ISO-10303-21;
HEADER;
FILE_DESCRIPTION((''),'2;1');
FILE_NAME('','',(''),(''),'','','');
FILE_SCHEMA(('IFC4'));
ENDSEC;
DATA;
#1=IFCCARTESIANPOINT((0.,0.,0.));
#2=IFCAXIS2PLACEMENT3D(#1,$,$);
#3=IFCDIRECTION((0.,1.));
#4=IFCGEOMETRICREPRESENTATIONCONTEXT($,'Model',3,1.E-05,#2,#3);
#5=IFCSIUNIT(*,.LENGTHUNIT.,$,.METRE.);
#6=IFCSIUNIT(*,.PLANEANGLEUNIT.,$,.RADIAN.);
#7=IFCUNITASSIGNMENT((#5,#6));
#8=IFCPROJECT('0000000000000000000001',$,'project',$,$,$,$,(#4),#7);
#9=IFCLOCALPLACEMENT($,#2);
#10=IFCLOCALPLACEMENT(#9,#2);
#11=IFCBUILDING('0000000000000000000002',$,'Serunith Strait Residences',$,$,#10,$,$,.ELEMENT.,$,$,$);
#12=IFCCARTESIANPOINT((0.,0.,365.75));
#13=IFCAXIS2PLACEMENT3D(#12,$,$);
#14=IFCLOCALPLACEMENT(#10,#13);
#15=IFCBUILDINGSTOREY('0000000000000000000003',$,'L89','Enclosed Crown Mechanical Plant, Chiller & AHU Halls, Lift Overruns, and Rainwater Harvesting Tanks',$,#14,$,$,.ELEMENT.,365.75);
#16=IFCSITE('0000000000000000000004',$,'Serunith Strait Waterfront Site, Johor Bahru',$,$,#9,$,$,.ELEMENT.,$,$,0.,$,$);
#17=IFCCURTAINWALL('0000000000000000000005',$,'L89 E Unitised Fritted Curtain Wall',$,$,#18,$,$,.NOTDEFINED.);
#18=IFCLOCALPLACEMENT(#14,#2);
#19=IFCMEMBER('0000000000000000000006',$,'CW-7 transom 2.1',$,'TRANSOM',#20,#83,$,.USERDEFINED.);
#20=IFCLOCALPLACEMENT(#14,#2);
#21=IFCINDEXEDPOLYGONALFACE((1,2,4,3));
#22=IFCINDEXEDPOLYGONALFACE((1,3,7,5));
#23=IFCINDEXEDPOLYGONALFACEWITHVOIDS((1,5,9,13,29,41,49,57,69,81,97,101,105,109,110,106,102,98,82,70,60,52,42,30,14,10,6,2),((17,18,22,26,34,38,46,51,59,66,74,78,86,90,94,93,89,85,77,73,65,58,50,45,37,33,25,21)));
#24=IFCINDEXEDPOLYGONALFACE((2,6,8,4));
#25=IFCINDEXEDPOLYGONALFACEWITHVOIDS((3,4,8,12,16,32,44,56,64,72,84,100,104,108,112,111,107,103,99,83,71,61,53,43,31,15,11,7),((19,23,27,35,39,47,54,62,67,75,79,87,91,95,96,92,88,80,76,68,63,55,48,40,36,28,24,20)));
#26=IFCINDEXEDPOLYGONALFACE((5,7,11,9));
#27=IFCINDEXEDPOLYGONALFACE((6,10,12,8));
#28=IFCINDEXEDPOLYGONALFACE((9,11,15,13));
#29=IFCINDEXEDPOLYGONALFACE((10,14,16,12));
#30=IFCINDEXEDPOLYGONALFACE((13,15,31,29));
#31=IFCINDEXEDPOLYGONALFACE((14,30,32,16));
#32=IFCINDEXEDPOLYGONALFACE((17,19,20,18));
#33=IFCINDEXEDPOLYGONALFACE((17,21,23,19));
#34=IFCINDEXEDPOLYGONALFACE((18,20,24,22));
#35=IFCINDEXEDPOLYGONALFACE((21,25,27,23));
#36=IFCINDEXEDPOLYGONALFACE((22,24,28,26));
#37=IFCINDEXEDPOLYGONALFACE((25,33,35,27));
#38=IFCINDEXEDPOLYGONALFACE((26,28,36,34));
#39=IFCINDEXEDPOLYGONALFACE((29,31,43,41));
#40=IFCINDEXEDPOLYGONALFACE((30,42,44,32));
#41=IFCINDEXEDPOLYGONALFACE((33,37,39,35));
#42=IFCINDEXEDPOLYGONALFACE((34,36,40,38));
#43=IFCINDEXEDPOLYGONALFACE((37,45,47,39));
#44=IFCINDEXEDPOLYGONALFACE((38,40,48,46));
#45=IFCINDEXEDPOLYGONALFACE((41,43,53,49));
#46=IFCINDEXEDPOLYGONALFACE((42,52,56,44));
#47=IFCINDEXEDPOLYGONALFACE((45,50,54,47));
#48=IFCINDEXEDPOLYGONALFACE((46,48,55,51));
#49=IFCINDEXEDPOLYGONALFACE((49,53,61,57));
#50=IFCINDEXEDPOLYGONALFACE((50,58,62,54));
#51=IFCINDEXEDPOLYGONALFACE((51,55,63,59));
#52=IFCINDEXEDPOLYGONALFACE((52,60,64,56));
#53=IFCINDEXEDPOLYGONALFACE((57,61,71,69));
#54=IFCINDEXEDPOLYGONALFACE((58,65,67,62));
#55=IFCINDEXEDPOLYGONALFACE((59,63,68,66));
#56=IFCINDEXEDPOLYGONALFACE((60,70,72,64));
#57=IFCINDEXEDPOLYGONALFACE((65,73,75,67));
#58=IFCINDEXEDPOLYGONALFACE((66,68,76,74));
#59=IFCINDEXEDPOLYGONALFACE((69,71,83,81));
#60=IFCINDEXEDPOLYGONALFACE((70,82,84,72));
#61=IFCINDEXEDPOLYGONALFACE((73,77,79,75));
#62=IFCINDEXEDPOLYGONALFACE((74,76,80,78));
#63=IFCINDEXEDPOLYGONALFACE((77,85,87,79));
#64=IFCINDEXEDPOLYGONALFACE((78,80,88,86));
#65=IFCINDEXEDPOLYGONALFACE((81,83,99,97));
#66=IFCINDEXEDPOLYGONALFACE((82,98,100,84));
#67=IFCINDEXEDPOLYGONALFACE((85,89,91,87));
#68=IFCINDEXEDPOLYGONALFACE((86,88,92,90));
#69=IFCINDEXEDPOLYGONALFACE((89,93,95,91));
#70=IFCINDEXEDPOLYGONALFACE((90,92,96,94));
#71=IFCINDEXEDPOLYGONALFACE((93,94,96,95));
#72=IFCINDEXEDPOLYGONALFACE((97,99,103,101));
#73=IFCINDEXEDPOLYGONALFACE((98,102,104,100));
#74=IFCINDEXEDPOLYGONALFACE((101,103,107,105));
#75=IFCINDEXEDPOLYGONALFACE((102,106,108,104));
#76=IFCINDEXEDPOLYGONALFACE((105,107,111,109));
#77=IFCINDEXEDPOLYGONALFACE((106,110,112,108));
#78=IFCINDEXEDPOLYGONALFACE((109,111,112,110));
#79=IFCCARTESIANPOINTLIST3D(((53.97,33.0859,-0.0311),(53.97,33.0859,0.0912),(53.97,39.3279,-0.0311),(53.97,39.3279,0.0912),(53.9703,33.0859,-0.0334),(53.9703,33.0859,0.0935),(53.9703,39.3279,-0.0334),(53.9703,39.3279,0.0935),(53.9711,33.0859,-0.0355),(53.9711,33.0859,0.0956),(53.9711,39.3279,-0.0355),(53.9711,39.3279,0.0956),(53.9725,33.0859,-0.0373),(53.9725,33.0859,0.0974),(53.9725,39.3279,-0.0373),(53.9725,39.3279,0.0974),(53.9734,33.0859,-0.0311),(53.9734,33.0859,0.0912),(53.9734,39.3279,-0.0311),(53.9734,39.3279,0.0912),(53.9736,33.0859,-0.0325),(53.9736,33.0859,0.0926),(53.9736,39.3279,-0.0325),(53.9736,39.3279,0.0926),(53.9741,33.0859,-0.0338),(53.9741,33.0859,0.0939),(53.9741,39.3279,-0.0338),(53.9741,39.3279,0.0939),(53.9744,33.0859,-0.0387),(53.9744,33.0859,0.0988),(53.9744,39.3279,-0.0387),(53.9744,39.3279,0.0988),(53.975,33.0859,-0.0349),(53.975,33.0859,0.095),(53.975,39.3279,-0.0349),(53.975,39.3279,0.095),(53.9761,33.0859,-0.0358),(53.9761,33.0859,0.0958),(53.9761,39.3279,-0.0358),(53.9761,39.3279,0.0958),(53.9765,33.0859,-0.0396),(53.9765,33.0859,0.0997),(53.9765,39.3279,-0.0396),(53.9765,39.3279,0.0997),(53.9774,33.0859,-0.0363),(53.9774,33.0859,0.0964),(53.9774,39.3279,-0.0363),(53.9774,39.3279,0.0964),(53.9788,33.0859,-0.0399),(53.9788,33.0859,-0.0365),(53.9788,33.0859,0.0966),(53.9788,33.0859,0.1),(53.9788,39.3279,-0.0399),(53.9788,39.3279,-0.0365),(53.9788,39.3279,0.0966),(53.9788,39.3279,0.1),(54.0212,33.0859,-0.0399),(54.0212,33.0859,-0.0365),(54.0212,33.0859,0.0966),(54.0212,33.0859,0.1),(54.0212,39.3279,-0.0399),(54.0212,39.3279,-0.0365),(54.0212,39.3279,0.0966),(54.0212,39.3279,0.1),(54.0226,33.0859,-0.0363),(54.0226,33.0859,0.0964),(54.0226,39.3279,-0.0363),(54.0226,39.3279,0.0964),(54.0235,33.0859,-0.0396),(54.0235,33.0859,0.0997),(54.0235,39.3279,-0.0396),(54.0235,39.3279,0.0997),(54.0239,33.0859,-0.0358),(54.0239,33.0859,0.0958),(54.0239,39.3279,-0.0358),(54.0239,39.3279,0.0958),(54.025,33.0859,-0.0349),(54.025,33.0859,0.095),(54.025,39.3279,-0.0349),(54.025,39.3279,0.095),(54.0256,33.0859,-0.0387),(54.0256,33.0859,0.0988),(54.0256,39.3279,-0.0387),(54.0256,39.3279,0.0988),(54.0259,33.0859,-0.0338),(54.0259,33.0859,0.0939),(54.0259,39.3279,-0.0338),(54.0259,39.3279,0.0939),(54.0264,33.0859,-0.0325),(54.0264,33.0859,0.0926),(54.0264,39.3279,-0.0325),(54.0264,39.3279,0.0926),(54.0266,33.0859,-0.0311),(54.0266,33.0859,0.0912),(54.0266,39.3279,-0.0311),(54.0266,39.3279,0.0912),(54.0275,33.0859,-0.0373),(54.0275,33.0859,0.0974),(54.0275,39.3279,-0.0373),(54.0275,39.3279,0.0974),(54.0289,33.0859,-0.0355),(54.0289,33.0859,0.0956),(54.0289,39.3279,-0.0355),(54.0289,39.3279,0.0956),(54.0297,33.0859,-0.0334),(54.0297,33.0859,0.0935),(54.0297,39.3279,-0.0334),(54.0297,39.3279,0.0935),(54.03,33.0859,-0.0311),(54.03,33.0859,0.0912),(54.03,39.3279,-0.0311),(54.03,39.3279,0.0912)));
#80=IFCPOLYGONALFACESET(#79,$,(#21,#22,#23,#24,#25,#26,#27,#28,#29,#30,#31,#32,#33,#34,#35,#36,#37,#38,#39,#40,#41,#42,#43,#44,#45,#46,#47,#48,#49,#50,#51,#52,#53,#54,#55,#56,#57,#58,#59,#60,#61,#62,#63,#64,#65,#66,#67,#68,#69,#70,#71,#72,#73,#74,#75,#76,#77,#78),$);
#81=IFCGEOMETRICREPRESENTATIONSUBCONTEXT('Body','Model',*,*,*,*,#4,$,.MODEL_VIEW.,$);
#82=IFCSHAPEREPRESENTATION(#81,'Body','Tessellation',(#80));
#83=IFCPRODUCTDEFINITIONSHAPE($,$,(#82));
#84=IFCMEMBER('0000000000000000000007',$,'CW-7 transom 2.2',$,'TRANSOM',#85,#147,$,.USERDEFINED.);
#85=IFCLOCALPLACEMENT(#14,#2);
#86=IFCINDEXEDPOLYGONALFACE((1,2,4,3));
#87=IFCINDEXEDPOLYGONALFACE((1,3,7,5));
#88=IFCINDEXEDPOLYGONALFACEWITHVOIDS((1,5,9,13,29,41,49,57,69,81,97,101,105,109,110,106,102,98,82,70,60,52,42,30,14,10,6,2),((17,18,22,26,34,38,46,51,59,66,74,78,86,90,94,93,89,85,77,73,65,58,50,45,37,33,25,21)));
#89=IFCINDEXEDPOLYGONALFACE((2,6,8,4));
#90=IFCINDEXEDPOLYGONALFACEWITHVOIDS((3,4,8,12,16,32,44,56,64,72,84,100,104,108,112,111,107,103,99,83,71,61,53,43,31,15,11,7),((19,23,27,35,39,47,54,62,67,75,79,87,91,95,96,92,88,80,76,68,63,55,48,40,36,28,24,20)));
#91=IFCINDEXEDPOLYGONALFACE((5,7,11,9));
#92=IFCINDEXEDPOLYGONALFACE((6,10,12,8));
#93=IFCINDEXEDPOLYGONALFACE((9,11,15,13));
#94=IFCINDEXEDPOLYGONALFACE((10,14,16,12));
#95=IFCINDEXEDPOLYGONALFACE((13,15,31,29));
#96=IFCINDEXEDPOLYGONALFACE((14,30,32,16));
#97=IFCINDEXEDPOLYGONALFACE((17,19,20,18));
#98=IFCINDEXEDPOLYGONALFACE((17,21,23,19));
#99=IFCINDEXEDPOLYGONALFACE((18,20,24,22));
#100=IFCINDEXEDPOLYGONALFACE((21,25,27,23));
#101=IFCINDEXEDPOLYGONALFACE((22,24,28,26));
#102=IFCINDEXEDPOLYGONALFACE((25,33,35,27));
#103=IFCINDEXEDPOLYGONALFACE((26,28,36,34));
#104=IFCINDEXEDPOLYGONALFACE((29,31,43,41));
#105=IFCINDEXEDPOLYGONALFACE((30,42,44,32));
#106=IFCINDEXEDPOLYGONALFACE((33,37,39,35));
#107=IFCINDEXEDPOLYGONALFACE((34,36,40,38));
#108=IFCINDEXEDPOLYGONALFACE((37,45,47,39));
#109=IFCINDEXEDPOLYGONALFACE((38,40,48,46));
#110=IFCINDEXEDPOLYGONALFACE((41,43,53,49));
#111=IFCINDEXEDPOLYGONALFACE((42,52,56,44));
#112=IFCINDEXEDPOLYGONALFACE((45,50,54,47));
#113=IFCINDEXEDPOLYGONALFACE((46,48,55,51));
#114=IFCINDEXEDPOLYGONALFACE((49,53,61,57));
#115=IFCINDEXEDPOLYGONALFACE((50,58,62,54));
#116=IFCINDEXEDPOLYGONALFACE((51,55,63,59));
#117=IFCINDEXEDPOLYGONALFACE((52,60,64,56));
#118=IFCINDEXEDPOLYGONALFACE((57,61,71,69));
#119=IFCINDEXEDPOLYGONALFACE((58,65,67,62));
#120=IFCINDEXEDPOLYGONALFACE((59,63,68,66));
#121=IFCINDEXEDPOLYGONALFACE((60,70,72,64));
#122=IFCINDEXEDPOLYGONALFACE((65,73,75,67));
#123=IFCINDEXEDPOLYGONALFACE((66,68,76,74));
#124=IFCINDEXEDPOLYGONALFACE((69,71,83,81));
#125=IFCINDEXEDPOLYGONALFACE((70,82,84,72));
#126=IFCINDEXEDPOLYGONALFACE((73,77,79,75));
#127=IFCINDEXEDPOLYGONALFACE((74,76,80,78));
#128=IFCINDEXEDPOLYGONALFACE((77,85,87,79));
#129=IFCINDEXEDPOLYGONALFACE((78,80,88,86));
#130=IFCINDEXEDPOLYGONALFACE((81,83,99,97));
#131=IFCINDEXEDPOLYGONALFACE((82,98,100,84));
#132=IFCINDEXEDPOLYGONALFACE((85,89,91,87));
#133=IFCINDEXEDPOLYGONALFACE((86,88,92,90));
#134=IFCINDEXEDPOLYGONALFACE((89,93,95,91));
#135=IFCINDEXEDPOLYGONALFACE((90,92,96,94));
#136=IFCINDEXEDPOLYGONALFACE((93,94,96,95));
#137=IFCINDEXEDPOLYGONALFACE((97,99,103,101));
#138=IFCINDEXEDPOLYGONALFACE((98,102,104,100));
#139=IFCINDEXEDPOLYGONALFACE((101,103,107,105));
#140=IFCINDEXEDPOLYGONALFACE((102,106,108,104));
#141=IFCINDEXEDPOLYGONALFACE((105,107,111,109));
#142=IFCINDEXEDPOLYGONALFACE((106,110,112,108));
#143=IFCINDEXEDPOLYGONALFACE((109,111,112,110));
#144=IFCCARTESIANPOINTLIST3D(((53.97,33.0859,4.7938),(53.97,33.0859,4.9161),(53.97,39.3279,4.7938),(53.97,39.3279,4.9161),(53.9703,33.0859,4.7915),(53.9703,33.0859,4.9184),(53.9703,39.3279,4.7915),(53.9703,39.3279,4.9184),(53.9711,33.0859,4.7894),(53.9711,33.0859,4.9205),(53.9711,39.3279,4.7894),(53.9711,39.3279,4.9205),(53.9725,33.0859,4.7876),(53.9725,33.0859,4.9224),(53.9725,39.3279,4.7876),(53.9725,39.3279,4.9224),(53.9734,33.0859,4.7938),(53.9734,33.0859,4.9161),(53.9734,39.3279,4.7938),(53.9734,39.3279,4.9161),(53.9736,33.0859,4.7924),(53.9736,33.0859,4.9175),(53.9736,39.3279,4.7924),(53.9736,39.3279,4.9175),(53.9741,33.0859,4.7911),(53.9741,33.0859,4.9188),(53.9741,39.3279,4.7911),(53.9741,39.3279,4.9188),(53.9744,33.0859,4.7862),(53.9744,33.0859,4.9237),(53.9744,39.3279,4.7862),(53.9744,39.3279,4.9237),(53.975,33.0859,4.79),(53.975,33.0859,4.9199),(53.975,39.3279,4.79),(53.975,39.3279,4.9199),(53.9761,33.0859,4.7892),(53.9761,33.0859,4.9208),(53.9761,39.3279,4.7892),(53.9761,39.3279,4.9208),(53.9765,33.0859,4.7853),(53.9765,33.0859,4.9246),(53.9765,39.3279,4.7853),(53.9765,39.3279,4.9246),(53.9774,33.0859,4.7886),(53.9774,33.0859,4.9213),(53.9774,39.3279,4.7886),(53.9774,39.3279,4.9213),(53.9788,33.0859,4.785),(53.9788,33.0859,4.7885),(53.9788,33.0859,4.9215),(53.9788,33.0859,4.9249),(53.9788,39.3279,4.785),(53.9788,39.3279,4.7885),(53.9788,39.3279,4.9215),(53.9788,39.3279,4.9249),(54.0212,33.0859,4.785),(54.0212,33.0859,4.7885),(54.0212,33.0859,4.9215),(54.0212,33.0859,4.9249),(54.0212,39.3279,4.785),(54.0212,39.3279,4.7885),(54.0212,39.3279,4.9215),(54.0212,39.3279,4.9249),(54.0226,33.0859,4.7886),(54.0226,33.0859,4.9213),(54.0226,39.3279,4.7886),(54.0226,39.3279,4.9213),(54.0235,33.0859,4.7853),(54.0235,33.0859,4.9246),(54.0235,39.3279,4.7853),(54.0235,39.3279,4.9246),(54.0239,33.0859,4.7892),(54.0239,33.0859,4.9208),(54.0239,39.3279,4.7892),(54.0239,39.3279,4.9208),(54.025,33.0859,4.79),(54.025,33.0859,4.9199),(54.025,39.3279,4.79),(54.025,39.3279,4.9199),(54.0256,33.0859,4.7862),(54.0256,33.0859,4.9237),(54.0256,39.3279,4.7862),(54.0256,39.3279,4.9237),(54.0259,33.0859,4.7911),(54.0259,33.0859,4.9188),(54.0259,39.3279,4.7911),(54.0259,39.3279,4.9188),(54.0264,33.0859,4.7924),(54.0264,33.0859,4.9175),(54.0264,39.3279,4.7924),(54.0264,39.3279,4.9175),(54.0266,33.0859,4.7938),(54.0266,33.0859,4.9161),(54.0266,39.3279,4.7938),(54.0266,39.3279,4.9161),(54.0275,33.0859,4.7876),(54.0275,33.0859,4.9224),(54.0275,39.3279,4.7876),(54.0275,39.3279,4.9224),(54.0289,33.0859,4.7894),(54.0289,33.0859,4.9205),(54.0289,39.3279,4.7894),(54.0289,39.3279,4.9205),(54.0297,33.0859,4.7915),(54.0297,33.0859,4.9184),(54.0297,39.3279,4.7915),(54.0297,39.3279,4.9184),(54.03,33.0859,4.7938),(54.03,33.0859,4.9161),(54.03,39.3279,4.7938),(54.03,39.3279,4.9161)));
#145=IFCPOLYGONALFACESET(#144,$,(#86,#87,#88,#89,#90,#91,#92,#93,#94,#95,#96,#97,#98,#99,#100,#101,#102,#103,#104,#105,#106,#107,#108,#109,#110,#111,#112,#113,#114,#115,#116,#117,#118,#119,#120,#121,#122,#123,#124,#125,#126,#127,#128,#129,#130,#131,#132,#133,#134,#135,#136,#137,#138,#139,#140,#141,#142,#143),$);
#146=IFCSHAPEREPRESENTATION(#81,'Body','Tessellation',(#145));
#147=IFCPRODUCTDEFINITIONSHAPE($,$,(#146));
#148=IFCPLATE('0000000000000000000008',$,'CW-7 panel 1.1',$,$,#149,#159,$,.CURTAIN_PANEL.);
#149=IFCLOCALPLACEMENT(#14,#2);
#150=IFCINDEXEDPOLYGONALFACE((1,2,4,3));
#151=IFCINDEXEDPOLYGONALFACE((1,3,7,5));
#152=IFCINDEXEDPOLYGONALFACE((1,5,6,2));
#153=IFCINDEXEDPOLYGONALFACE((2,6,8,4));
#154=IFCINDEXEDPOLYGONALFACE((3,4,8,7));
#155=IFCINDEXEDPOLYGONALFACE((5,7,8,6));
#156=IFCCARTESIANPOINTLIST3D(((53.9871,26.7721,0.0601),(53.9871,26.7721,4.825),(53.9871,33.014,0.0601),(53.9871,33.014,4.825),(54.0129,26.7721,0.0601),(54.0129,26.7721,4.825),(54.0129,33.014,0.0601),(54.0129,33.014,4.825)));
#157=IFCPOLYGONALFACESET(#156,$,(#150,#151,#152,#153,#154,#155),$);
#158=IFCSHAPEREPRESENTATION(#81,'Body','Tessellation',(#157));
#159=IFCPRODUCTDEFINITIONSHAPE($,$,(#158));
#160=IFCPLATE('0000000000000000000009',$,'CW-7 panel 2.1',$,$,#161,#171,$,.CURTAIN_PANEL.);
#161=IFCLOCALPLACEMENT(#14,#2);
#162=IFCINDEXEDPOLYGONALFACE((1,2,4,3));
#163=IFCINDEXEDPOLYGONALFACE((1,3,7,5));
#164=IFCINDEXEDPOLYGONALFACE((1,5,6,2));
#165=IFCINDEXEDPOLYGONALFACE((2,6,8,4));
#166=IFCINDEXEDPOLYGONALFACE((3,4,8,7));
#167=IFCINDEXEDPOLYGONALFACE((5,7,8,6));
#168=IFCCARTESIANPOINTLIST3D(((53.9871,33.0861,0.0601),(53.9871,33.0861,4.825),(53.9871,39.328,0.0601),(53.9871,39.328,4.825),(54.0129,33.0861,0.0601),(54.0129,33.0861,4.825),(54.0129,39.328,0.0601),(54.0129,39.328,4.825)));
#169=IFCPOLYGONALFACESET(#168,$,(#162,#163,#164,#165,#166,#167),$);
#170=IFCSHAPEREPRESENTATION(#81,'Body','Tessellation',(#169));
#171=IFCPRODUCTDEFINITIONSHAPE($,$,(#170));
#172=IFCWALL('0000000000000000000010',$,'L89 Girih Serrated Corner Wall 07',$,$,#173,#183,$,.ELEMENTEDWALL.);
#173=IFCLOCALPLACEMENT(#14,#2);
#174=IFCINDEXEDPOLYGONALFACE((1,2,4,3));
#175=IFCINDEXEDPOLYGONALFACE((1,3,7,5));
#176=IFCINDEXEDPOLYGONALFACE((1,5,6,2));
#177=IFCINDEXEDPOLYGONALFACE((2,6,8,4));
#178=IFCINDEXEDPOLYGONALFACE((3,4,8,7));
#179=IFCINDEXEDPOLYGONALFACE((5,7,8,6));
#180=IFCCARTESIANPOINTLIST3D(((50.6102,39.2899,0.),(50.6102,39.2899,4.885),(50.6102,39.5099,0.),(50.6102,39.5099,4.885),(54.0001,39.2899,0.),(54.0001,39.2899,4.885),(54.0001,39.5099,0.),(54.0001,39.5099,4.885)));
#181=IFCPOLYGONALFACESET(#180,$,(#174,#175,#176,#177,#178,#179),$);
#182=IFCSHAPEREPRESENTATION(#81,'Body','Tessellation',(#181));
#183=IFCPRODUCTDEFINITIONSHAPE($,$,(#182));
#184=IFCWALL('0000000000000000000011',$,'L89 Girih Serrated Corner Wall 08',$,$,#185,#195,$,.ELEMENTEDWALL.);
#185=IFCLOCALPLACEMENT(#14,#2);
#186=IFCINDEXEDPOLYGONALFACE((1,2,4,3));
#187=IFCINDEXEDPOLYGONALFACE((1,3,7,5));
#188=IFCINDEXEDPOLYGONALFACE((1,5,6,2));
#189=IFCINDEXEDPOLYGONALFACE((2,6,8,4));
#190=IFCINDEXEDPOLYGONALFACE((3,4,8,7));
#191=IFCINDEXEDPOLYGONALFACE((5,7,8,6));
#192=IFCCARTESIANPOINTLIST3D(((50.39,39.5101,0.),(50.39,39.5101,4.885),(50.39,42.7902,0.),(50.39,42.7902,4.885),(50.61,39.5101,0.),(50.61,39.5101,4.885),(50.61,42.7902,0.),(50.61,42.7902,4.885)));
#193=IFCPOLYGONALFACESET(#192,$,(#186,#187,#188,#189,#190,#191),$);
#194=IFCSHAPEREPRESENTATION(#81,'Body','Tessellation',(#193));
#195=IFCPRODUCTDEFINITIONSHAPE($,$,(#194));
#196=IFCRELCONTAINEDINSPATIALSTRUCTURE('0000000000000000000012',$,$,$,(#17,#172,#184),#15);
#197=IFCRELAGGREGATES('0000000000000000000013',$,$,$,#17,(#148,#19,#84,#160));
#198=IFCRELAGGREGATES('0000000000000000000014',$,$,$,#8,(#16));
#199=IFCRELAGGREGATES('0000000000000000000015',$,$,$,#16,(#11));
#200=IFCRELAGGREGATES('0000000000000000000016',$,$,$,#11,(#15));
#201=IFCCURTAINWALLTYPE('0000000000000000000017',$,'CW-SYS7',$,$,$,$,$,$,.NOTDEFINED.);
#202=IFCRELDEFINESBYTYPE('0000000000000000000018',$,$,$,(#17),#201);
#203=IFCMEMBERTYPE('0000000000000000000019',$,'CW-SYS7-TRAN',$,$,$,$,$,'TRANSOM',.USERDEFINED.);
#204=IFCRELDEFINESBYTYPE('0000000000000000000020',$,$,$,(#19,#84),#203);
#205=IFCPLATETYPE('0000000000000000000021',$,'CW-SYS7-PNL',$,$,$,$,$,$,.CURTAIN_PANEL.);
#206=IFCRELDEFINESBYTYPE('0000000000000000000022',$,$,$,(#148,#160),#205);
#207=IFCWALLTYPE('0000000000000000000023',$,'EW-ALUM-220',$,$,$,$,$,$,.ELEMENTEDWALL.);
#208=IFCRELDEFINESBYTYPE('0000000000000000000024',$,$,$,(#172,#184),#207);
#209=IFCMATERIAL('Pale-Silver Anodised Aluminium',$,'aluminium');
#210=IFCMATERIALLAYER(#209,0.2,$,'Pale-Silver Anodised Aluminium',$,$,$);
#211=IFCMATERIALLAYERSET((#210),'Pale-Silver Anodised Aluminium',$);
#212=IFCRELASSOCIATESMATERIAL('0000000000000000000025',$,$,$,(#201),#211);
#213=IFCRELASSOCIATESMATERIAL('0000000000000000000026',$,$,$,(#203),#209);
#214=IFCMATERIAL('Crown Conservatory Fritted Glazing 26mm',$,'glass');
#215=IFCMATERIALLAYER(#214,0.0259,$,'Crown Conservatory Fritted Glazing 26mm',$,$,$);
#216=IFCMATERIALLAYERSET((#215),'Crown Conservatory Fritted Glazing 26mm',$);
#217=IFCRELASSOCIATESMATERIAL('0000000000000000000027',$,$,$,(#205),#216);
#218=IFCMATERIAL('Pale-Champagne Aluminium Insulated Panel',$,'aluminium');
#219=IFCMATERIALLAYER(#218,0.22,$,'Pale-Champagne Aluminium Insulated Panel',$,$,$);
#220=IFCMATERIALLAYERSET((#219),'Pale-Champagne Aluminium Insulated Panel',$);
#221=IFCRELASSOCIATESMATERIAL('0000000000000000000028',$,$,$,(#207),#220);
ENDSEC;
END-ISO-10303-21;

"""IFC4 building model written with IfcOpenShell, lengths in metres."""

from ifc_helpers import new_model, si_unit, direction, frame, frame_2d, origin, origin_2d, place, context, subcontext, project, spatial, rectangle, hollow_rectangle, extrude, source, transform, mapped, material, layer, layer_set, material_profile, profile_set, type_object, element, aggregate, save


model = new_model("IFC4")

# Units and contexts
model_context = context("Model", 3, precision=1e-05, world=origin(), true_north=direction((0.0, 1.0)))
body_context = subcontext(model_context, "Body", "Model", "MODEL_VIEW")
ifc_project = project(units=[si_unit("LENGTHUNIT", "METRE"), si_unit("PLANEANGLEUNIT", "RADIAN")], contexts=[model_context])

# Site, building, storey
site_placement = place(None, origin())
site = spatial("IfcSite", under=ifc_project, at=site_placement, Name="Serunith Strait Waterfront Site, Johor Bahru", CompositionType="ELEMENT", RefElevation=0.0)
building_placement = place(site_placement, origin())
building = spatial("IfcBuilding", under=site, at=building_placement, Name="Serunith Strait Residences", CompositionType="ELEMENT")
storey_placement = place(building_placement, frame((0.0, 0.0, 365.75)))
storey = spatial("IfcBuildingStorey", under=building, at=storey_placement, Name="L89", Description="Enclosed Crown Mechanical Plant, Chiller & AHU Halls, Lift Overruns, and Rainwater Harvesting Tanks", CompositionType="ELEMENT", Elevation=365.75)

# Curtain wall
ifc_material_1 = material(Name="Pale-Silver Anodised Aluminium", Category="aluminium")
ifc_layer_1 = layer(ifc_material_1, 0.2, Name="Pale-Silver Anodised Aluminium")
ifc_layer_set_1 = layer_set([ifc_layer_1], Name="Pale-Silver Anodised Aluminium")
curtain_wall_type = type_object("IfcCurtainWallType", Name="CW-SYS7", PredefinedType="NOTDEFINED", material=ifc_layer_set_1)
curtain_wall_1_placement = place(storey_placement, origin())
curtain_wall_1 = element("IfcCurtainWall", 1, at=curtain_wall_1_placement, inside=storey, type_object=curtain_wall_type, Name="L89 E Unitised Fritted Curtain Wall", PredefinedType="NOTDEFINED")
ifc_material_profile_1 = material_profile(ifc_material_1, hollow_rectangle(XDim=0.0601, YDim=0.1399, WallThickness=0.0034, InnerFilletRadius=0.0054, OuterFilletRadius=0.0088, at=origin_2d()), Name="ALU 140x60x3.5")
ifc_profile_set_1 = profile_set([ifc_material_profile_1], Name="Pale-Silver Anodised Aluminium")
member_type_1 = type_object("IfcMemberType", Name="CW-SYS7-TRAN", ElementType="TRANSOM", PredefinedType="USERDEFINED", material=ifc_profile_set_1)

# Members
shared_shape_1 = source(origin(), body_context, "Body", "SweptSolid", [
    extrude(hollow_rectangle(XDim=0.0601, YDim=0.1399, WallThickness=0.0034, InnerFilletRadius=0.0054, OuterFilletRadius=0.0088, at=origin_2d()), origin(), (0.0, 0.0, 1.0), 6.2419),
])
member_1_placement = place(storey_placement, frame((54.0, 33.0859, 0.03), z_axis=(0.0, 1.0, 0.0), x_axis=(-1.0, 0.0, 0.0)))
member_1 = element("IfcMember", 2, at=member_1_placement, type_object=member_type_1, Name="CW-7 transom 2.1", ObjectType="TRANSOM", PredefinedType="USERDEFINED", context=body_context, shape_type="MappedRepresentation", body=[
    mapped(shared_shape_1, transform((0.0, 0.0, 0.0), scale=1.0)),
])
member_2_placement = place(storey_placement, frame((54.0, 33.0859, 4.855), z_axis=(0.0, 1.0, 0.0), x_axis=(-1.0, 0.0, 0.0)))
member_2 = element("IfcMember", 3, at=member_2_placement, type_object=member_type_1, Name="CW-7 transom 2.2", ObjectType="TRANSOM", PredefinedType="USERDEFINED", context=body_context, shape_type="MappedRepresentation", body=[
    mapped(shared_shape_1, transform((0.0, 0.0, 0.0), scale=1.0)),
])

# Plates
ifc_material_2 = material(Name="Crown Conservatory Fritted Glazing 26mm", Category="glass")
ifc_layer_2 = layer(ifc_material_2, 0.0259, Name="Crown Conservatory Fritted Glazing 26mm")
ifc_layer_set_2 = layer_set([ifc_layer_2], Name="Crown Conservatory Fritted Glazing 26mm")
plate_type = type_object("IfcPlateType", Name="CW-SYS7-PNL", PredefinedType="CURTAIN_PANEL", material=ifc_layer_set_2)
shared_shape_2 = source(origin(), body_context, "Body", "SweptSolid", [
    extrude(rectangle(XDim=6.2419, YDim=0.0259, at=origin_2d()), origin(), (0.0, 0.0, 1.0), 4.7649),
])
plate_1_placement = place(storey_placement, frame((54.0, 29.8931, 0.0601), z_axis=(0.0, 0.0, 1.0), x_axis=(0.0, 1.0, 0.0)))
plate_1 = element("IfcPlate", 4, at=plate_1_placement, type_object=plate_type, Name="CW-7 panel 1.1", PredefinedType="CURTAIN_PANEL", context=body_context, shape_type="MappedRepresentation", body=[
    mapped(shared_shape_2, transform((0.0, 0.0, 0.0), scale=1.0)),
])
plate_2_placement = place(storey_placement, frame((54.0, 36.207, 0.0601), z_axis=(0.0, 0.0, 1.0), x_axis=(0.0, 1.0, 0.0)))
plate_2 = element("IfcPlate", 5, at=plate_2_placement, type_object=plate_type, Name="CW-7 panel 2.1", PredefinedType="CURTAIN_PANEL", context=body_context, shape_type="MappedRepresentation", body=[
    mapped(shared_shape_2, transform((0.0, 0.0, 0.0), scale=1.0)),
])
aggregate(curtain_wall_1, [plate_1, member_1, member_2, plate_2])

# Walls
ifc_material_3 = material(Name="Pale-Champagne Aluminium Insulated Panel", Category="aluminium")
ifc_layer_3 = layer(ifc_material_3, 0.22, Name="Pale-Champagne Aluminium Insulated Panel")
ifc_layer_set_3 = layer_set([ifc_layer_3], Name="Pale-Champagne Aluminium Insulated Panel")
wall_type_1 = type_object("IfcWallType", Name="EW-ALUM-220", PredefinedType="ELEMENTEDWALL", material=ifc_layer_set_3)
wall_1_placement = place(storey_placement, frame((54.0, 39.3999, 0.0), z_axis=(0.0, 0.0, 1.0), x_axis=(-1.0, 0.0, 0.0)))
element("IfcWall", 6, at=wall_1_placement, inside=storey, type_object=wall_type_1, Name="L89 Girih Serrated Corner Wall 07", PredefinedType="ELEMENTEDWALL", context=body_context, shape_type="SweptSolid", body=[
    extrude(rectangle(XDim=3.3899, YDim=0.22, at=frame_2d((1.6948, 0.0))), origin(), (0.0, 0.0, 1.0), 4.885),
])
wall_2_placement = place(storey_placement, frame((50.5, 39.51, 0.0), z_axis=(0.0, 0.0, 1.0), x_axis=(0.0, 1.0, 0.0)))
element("IfcWall", 7, at=wall_2_placement, inside=storey, type_object=wall_type_1, Name="L89 Girih Serrated Corner Wall 08", PredefinedType="ELEMENTEDWALL", context=body_context, shape_type="SweptSolid", body=[
    extrude(rectangle(XDim=3.28, YDim=0.22, at=frame_2d((1.6401, 0.0))), origin(), (0.0, 0.0, 1.0), 4.885),
])

save(model, "model.ifc")
